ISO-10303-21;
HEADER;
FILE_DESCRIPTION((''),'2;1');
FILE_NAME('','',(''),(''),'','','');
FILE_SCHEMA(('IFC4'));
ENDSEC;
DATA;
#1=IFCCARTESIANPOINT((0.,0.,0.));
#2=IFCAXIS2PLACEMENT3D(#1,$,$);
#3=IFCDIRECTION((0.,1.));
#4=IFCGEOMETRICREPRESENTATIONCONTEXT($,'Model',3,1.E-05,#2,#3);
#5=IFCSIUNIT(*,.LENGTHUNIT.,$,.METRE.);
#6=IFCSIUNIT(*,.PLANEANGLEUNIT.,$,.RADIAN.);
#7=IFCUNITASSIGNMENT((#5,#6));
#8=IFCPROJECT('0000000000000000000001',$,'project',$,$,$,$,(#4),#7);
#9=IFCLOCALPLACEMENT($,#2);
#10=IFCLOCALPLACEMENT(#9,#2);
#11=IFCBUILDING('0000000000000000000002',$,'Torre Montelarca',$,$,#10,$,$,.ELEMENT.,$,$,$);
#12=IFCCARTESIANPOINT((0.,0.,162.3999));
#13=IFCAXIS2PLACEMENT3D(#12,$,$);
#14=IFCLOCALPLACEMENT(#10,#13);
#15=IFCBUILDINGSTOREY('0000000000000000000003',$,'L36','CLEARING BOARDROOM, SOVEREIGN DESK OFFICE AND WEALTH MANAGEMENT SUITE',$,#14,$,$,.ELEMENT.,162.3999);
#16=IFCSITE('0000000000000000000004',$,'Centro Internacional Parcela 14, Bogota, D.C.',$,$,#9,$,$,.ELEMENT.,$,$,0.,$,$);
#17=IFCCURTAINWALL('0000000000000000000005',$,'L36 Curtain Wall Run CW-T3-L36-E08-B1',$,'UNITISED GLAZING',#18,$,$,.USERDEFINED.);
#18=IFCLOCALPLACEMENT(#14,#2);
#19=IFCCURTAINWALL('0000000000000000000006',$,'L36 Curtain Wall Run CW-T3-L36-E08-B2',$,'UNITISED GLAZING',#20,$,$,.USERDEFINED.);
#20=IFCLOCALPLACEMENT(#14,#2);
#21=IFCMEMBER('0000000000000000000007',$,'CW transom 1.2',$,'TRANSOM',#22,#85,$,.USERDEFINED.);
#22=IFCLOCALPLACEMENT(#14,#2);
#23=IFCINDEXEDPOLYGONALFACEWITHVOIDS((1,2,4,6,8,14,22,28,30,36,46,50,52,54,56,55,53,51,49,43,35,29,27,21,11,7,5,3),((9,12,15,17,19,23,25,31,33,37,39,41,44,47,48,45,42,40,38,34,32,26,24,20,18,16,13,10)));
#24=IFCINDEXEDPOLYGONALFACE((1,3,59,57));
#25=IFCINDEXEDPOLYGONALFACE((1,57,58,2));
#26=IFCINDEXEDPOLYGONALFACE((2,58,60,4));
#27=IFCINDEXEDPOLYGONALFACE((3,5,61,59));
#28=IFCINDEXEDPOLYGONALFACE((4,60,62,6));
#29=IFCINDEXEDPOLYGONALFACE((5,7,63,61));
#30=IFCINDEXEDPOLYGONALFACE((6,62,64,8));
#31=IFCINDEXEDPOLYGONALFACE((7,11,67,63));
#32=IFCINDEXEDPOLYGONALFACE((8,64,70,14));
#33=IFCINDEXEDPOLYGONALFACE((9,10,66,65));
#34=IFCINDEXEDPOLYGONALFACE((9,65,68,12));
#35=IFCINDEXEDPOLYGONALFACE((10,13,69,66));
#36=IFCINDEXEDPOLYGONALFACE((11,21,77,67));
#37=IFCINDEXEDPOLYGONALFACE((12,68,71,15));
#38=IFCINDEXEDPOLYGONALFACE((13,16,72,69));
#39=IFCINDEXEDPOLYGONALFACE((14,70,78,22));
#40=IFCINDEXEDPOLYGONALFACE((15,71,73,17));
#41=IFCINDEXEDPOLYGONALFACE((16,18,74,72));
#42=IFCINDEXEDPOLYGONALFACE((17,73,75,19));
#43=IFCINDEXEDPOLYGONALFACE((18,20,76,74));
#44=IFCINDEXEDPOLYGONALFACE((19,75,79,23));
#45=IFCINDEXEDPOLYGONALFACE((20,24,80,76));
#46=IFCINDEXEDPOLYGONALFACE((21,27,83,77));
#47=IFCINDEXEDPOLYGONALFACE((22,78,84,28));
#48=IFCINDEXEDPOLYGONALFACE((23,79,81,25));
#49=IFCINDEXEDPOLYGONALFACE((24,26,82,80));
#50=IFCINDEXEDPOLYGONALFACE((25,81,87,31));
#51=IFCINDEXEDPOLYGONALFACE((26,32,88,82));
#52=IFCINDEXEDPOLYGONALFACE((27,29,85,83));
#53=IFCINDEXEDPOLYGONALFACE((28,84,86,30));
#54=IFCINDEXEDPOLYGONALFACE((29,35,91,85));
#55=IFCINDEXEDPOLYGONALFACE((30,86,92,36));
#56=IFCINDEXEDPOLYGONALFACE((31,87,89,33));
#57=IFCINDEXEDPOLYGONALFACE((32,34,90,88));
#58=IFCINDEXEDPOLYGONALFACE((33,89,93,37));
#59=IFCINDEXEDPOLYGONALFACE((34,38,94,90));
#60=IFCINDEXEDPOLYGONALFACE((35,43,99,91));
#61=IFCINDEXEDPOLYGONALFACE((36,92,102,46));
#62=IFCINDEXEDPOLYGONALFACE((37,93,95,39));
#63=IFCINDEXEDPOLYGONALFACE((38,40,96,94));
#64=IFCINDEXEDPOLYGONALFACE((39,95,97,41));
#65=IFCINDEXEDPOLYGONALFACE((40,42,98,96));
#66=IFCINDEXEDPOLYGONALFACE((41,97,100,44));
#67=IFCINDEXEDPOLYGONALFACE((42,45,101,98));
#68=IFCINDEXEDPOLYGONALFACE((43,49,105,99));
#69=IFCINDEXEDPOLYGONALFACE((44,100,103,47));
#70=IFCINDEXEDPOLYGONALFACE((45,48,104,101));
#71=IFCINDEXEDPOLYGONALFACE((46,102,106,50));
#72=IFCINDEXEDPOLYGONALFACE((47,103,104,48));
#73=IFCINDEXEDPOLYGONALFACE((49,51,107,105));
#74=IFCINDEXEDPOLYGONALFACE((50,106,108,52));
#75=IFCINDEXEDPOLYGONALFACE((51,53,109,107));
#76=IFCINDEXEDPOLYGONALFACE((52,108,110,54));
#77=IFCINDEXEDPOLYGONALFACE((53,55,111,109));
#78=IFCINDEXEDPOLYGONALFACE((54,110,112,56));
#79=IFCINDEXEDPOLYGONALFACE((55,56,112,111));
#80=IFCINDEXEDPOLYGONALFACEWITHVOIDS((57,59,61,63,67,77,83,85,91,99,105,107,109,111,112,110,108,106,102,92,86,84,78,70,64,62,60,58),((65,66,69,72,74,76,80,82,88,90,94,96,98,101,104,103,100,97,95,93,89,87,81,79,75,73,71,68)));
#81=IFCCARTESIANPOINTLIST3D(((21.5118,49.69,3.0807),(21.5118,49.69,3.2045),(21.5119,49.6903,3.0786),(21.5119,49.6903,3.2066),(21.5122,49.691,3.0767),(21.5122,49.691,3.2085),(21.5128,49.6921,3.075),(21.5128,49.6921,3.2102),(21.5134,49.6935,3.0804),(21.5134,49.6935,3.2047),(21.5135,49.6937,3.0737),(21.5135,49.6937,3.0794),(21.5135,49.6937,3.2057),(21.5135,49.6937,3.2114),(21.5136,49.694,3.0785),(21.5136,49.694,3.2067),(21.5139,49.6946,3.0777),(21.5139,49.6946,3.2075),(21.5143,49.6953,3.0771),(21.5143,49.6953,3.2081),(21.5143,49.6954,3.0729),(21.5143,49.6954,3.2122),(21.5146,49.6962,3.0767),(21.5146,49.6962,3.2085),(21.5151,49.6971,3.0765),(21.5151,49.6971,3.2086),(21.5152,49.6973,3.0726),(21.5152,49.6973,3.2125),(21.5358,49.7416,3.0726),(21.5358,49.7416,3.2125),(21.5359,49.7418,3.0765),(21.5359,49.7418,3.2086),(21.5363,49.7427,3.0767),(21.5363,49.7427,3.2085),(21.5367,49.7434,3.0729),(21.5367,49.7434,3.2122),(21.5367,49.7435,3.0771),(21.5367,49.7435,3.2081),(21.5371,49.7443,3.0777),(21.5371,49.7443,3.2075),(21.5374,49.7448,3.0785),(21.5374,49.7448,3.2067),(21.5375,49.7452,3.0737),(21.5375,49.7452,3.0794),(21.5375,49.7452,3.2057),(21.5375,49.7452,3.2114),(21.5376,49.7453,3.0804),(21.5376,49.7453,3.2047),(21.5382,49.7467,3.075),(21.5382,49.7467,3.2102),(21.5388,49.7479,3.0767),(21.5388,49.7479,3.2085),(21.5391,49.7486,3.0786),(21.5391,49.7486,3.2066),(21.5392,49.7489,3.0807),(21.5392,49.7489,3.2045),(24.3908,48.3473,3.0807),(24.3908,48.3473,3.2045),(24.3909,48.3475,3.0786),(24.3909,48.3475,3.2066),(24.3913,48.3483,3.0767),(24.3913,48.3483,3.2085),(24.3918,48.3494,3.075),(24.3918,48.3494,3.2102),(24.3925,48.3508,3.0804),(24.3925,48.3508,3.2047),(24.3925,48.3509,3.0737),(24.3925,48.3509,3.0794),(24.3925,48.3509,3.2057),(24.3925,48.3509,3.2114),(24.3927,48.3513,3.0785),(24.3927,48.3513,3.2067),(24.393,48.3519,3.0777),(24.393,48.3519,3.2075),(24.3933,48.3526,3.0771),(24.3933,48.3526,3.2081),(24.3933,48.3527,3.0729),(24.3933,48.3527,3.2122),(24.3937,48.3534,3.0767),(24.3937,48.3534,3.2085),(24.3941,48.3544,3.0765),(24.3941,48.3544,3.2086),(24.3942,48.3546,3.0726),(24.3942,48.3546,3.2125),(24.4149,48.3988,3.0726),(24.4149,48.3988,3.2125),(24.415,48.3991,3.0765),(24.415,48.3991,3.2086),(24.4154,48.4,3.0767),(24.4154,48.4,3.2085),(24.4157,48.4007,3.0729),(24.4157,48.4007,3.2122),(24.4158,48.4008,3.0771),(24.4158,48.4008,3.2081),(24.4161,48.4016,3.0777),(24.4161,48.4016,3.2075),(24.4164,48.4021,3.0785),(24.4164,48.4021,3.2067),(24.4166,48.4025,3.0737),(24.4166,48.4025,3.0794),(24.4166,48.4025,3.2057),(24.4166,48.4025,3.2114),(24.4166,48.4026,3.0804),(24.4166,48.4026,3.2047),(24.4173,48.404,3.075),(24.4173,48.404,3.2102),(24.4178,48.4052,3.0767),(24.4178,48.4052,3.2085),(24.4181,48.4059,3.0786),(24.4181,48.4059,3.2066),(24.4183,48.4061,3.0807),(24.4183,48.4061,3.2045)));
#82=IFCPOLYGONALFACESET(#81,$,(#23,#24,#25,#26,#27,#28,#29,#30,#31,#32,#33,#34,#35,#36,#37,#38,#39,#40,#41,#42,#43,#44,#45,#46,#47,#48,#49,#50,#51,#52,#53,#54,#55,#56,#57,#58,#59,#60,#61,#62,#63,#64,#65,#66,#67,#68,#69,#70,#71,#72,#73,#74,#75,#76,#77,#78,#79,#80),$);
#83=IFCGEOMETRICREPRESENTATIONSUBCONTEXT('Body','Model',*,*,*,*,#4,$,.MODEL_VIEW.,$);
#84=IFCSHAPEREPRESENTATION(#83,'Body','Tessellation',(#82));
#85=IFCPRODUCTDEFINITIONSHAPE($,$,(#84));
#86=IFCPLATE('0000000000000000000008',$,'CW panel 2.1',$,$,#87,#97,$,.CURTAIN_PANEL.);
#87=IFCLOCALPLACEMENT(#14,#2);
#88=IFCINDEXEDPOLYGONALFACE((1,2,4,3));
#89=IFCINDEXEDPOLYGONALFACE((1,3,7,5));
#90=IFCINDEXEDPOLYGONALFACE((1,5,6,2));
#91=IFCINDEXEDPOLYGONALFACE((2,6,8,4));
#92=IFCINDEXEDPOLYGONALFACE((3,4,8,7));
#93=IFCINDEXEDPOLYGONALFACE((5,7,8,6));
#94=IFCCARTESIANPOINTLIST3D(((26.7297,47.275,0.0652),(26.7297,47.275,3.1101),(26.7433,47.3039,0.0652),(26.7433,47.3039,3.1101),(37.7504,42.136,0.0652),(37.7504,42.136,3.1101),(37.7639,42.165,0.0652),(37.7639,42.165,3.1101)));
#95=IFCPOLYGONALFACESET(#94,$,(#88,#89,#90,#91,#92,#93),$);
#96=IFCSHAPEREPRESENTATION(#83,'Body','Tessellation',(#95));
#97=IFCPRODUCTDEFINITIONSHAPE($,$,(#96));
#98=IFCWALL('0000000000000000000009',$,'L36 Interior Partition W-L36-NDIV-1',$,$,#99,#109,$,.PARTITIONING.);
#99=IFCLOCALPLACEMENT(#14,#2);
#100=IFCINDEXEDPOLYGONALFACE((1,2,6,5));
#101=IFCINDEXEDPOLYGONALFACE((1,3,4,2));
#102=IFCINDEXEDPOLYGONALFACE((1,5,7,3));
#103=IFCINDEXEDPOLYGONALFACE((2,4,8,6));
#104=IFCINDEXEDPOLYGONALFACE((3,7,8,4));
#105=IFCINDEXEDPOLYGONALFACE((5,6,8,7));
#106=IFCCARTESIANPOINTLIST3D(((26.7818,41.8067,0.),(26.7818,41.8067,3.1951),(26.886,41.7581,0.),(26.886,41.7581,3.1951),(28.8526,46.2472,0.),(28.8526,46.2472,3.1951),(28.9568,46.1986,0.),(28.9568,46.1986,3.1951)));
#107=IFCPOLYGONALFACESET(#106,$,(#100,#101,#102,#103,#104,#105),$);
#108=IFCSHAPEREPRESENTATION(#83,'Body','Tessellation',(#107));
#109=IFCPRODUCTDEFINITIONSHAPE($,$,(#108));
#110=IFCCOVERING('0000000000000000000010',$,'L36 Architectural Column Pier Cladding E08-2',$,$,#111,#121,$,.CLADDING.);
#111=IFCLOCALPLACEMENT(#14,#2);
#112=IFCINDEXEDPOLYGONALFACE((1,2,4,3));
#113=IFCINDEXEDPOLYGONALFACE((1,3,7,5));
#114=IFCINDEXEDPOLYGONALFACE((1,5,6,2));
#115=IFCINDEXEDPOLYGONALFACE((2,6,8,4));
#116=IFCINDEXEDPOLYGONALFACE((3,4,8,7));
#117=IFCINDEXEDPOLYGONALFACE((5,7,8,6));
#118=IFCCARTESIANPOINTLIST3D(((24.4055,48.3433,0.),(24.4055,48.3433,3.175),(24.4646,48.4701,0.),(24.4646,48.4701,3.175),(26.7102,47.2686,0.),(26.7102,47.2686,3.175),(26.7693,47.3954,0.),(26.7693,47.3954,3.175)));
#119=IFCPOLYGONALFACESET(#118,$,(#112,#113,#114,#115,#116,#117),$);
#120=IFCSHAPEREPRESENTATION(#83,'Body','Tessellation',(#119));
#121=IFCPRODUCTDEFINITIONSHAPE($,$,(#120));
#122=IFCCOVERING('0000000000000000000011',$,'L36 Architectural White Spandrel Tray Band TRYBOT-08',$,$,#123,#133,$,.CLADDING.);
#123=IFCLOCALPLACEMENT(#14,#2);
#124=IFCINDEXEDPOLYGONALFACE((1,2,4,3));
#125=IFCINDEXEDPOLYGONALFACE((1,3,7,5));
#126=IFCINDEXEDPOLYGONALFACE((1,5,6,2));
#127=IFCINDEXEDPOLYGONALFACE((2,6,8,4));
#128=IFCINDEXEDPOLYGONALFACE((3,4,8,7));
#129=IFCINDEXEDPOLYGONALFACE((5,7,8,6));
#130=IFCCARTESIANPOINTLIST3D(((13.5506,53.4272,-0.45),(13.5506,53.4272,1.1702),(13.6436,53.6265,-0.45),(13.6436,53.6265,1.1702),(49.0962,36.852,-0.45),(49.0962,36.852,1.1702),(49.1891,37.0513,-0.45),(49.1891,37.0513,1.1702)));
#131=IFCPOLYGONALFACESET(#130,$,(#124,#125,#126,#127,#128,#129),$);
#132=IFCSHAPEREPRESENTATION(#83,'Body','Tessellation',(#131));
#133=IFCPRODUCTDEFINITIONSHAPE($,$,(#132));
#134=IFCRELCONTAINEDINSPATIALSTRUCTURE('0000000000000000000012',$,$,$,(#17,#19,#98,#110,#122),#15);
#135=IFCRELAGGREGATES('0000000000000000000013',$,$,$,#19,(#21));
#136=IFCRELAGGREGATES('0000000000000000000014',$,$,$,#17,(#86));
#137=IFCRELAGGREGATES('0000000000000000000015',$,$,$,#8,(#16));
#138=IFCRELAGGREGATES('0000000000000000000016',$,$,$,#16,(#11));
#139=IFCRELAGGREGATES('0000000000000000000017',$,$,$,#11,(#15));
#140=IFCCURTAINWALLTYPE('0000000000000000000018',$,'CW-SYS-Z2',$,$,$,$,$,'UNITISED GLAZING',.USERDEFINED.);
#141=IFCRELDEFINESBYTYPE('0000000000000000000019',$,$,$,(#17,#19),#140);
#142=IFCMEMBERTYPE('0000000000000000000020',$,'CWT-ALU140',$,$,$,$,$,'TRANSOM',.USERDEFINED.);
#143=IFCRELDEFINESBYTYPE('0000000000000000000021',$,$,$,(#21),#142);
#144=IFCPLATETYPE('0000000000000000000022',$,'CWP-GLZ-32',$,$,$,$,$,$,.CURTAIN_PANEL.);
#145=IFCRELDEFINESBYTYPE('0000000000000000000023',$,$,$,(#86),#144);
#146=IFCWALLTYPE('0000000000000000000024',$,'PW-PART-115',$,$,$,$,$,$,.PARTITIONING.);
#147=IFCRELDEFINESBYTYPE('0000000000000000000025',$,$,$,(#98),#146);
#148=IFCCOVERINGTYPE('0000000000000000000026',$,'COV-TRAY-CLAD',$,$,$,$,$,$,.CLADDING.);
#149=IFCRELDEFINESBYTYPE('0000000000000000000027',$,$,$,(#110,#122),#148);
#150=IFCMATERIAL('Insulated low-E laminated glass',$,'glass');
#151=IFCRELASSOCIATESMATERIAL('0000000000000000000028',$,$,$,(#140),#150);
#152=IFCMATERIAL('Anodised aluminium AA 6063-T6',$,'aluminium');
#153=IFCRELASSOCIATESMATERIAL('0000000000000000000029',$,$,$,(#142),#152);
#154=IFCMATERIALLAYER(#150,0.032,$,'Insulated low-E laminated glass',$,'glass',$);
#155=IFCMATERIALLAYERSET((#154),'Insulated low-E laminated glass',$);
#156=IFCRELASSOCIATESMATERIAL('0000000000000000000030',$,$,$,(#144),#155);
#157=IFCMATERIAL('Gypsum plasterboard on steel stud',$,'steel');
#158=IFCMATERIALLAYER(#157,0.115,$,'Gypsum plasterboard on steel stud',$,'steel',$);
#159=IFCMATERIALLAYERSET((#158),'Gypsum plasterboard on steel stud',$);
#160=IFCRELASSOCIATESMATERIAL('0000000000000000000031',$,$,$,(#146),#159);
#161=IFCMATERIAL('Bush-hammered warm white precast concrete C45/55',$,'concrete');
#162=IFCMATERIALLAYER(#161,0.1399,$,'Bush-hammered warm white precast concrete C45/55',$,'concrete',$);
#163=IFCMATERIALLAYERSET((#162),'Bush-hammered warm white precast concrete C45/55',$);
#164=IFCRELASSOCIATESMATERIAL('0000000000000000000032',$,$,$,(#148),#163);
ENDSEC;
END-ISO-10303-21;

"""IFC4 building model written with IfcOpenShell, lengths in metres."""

from ifc_helpers import new_model, si_unit, direction, frame, frame_2d, origin, origin_2d, place, context, subcontext, project, spatial, rectangle, hollow_rectangle, extrude, source, transform, mapped, material, layer, layer_set, material_profile, profile_set, type_object, element, aggregate, save


model = new_model("IFC4")

# Units and contexts
model_context = context("Model", 3, precision=1e-05, world=origin(), true_north=direction((0.0, 1.0)))
body_context = subcontext(model_context, "Body", "Model", "MODEL_VIEW")
ifc_project = project(units=[si_unit("LENGTHUNIT", "METRE"), si_unit("PLANEANGLEUNIT", "RADIAN")], contexts=[model_context])

# Site, building, storey
site_placement = place(None, origin())
site = spatial("IfcSite", under=ifc_project, at=site_placement, Name="Centro Internacional Parcela 14, Bogota, D.C.", CompositionType="ELEMENT", RefElevation=0.0)
building_placement = place(site_placement, origin())
building = spatial("IfcBuilding", under=site, at=building_placement, Name="Torre Montelarca", CompositionType="ELEMENT")
storey_placement = place(building_placement, frame((0.0, 0.0, 162.3999)))
storey = spatial("IfcBuildingStorey", under=building, at=storey_placement, Name="L36", Description="CLEARING BOARDROOM, SOVEREIGN DESK OFFICE AND WEALTH MANAGEMENT SUITE", CompositionType="ELEMENT", Elevation=162.3999)

# Curtain wall
ifc_material_1 = material(Name="Insulated low-E laminated glass", Category="glass")
curtain_wall_type = type_object("IfcCurtainWallType", Name="CW-SYS-Z2", ElementType="UNITISED GLAZING", PredefinedType="USERDEFINED", material=ifc_material_1)
curtain_wall_1_placement = place(storey_placement, origin())
curtain_wall_1 = element("IfcCurtainWall", 1, at=curtain_wall_1_placement, inside=storey, type_object=curtain_wall_type, Name="L36 Curtain Wall Run CW-T3-L36-E08-B1", ObjectType="UNITISED GLAZING", PredefinedType="USERDEFINED")
ifc_material_2 = material(Name="Anodised aluminium AA 6063-T6", Category="aluminium")

# Curtain wall
curtain_wall_2_placement = place(storey_placement, origin())
curtain_wall_2 = element("IfcCurtainWall", 2, at=curtain_wall_2_placement, inside=storey, type_object=curtain_wall_type, Name="L36 Curtain Wall Run CW-T3-L36-E08-B2", ObjectType="UNITISED GLAZING", PredefinedType="USERDEFINED")

# Member
ifc_material_profile_1 = material_profile(ifc_material_2, hollow_rectangle(XDim=0.0649, YDim=0.1399, WallThickness=0.0039, InnerFilletRadius=0.0039, OuterFilletRadius=0.0081, at=origin_2d()), Name="ALU65X140X4", Category="aluminium")
ifc_profile_set_1 = profile_set([ifc_material_profile_1], Name="Anodised aluminium AA 6063-T6")
member_type_1 = type_object("IfcMemberType", Name="CWT-ALU140", ElementType="TRANSOM", PredefinedType="USERDEFINED", material=ifc_profile_set_1)
shared_shape_1 = source(origin(), body_context, "Body", "SweptSolid", [
    extrude(hollow_rectangle(XDim=0.0649, YDim=0.1399, WallThickness=0.0039, InnerFilletRadius=0.0039, OuterFilletRadius=0.0081, at=origin_2d()), origin(), (0.0, 0.0, 1.0), 3.1768),
])
member_1_placement = place(storey_placement, frame((24.4045, 48.3767, 3.1426), z_axis=(-0.906283, 0.422671, 0.0), x_axis=(-0.422671, -0.906283, 0.0)))
member_1 = element("IfcMember", 3, at=member_1_placement, type_object=member_type_1, Name="CW transom 1.2", ObjectType="TRANSOM", PredefinedType="USERDEFINED", context=body_context, shape_type="MappedRepresentation", body=[
    mapped(shared_shape_1, transform((0.0, 0.0, 0.0), scale=1.0)),
])
aggregate(curtain_wall_2, [member_1])

# Plate
ifc_layer_1 = layer(ifc_material_1, 0.032, Name="Insulated low-E laminated glass", Category="glass")
ifc_layer_set_1 = layer_set([ifc_layer_1], Name="Insulated low-E laminated glass")
plate_type = type_object("IfcPlateType", Name="CWP-GLZ-32", PredefinedType="CURTAIN_PANEL", material=ifc_layer_set_1)
shared_shape_2 = source(origin(), body_context, "Body", "SweptSolid", [
    extrude(rectangle(XDim=12.1599, YDim=0.032, at=origin_2d()), origin(), (0.0, 0.0, 1.0), 3.0449),
])
plate_placement = place(storey_placement, frame((32.2468, 44.72, 0.0652), z_axis=(0.0, 0.0, 1.0), x_axis=(-0.90631, 0.422614, 0.0)))
plate = element("IfcPlate", 4, at=plate_placement, type_object=plate_type, Name="CW panel 2.1", PredefinedType="CURTAIN_PANEL", context=body_context, shape_type="MappedRepresentation", body=[
    mapped(shared_shape_2, transform((0.0, 0.0, 0.0), scale=1.0)),
])
aggregate(curtain_wall_1, [plate])

# Wall
ifc_material_3 = material(Name="Gypsum plasterboard on steel stud", Category="steel")
ifc_layer_2 = layer(ifc_material_3, 0.115, Name="Gypsum plasterboard on steel stud", Category="steel")
ifc_layer_set_2 = layer_set([ifc_layer_2], Name="Gypsum plasterboard on steel stud")
wall_type = type_object("IfcWallType", Name="PW-PART-115", PredefinedType="PARTITIONING", material=ifc_layer_set_2)
wall_placement = place(storey_placement, frame((26.834, 41.7825, 0.0), z_axis=(0.0, 0.0, 1.0), x_axis=(0.422632, 0.906301, 0.0)))
element("IfcWall", 5, at=wall_placement, inside=storey, type_object=wall_type, Name="L36 Interior Partition W-L36-NDIV-1", PredefinedType="PARTITIONING", context=body_context, shape_type="SweptSolid", body=[
    extrude(rectangle(XDim=4.8997, YDim=0.115, at=frame_2d((2.4497, 0.0))), origin(), (0.0, 0.0, 1.0), 3.1951),
])

# Coverings
ifc_material_4 = material(Name="Bush-hammered warm white precast concrete C45/55", Category="concrete")
ifc_layer_3 = layer(ifc_material_4, 0.1399, Name="Bush-hammered warm white precast concrete C45/55", Category="concrete")
ifc_layer_set_3 = layer_set([ifc_layer_3], Name="Bush-hammered warm white precast concrete C45/55")
covering_type = type_object("IfcCoveringType", Name="COV-TRAY-CLAD", PredefinedType="CLADDING", material=ifc_layer_set_3)
shared_shape_3 = source(origin(), body_context, "Body", "SweptSolid", [
    extrude(rectangle(XDim=2.543, YDim=0.1399, at=origin_2d()), origin(), (0.0, 0.0, 1.0), 3.175),
])
covering_1_placement = place(storey_placement, frame((25.5874, 47.8694, 0.0), z_axis=(0.0, 0.0, 1.0), x_axis=(-0.906308, 0.422618, 0.0)))
element("IfcCovering", 6, at=covering_1_placement, inside=storey, type_object=covering_type, Name="L36 Architectural Column Pier Cladding E08-2", PredefinedType="CLADDING", context=body_context, shape_type="MappedRepresentation", body=[
    mapped(shared_shape_3, transform((0.0, 0.0, 0.0), scale=1.0)),
])
shared_shape_4 = source(origin(), body_context, "Body", "SweptSolid", [
    extrude(rectangle(XDim=39.2202, YDim=0.22, at=origin_2d()), origin(), (0.0, 0.0, 1.0), 1.6201),
])
covering_2_placement = place(storey_placement, frame((31.3699, 45.2393, -0.45), z_axis=(0.0, 0.0, 1.0), x_axis=(-0.906308, 0.422618, 0.0)))
element("IfcCovering", 7, at=covering_2_placement, inside=storey, type_object=covering_type, Name="L36 Architectural White Spandrel Tray Band TRYBOT-08", PredefinedType="CLADDING", context=body_context, shape_type="MappedRepresentation", body=[
    mapped(shared_shape_4, transform((0.0, 0.0, 0.0), scale=1.0)),
])

save(model, "model.ifc")
